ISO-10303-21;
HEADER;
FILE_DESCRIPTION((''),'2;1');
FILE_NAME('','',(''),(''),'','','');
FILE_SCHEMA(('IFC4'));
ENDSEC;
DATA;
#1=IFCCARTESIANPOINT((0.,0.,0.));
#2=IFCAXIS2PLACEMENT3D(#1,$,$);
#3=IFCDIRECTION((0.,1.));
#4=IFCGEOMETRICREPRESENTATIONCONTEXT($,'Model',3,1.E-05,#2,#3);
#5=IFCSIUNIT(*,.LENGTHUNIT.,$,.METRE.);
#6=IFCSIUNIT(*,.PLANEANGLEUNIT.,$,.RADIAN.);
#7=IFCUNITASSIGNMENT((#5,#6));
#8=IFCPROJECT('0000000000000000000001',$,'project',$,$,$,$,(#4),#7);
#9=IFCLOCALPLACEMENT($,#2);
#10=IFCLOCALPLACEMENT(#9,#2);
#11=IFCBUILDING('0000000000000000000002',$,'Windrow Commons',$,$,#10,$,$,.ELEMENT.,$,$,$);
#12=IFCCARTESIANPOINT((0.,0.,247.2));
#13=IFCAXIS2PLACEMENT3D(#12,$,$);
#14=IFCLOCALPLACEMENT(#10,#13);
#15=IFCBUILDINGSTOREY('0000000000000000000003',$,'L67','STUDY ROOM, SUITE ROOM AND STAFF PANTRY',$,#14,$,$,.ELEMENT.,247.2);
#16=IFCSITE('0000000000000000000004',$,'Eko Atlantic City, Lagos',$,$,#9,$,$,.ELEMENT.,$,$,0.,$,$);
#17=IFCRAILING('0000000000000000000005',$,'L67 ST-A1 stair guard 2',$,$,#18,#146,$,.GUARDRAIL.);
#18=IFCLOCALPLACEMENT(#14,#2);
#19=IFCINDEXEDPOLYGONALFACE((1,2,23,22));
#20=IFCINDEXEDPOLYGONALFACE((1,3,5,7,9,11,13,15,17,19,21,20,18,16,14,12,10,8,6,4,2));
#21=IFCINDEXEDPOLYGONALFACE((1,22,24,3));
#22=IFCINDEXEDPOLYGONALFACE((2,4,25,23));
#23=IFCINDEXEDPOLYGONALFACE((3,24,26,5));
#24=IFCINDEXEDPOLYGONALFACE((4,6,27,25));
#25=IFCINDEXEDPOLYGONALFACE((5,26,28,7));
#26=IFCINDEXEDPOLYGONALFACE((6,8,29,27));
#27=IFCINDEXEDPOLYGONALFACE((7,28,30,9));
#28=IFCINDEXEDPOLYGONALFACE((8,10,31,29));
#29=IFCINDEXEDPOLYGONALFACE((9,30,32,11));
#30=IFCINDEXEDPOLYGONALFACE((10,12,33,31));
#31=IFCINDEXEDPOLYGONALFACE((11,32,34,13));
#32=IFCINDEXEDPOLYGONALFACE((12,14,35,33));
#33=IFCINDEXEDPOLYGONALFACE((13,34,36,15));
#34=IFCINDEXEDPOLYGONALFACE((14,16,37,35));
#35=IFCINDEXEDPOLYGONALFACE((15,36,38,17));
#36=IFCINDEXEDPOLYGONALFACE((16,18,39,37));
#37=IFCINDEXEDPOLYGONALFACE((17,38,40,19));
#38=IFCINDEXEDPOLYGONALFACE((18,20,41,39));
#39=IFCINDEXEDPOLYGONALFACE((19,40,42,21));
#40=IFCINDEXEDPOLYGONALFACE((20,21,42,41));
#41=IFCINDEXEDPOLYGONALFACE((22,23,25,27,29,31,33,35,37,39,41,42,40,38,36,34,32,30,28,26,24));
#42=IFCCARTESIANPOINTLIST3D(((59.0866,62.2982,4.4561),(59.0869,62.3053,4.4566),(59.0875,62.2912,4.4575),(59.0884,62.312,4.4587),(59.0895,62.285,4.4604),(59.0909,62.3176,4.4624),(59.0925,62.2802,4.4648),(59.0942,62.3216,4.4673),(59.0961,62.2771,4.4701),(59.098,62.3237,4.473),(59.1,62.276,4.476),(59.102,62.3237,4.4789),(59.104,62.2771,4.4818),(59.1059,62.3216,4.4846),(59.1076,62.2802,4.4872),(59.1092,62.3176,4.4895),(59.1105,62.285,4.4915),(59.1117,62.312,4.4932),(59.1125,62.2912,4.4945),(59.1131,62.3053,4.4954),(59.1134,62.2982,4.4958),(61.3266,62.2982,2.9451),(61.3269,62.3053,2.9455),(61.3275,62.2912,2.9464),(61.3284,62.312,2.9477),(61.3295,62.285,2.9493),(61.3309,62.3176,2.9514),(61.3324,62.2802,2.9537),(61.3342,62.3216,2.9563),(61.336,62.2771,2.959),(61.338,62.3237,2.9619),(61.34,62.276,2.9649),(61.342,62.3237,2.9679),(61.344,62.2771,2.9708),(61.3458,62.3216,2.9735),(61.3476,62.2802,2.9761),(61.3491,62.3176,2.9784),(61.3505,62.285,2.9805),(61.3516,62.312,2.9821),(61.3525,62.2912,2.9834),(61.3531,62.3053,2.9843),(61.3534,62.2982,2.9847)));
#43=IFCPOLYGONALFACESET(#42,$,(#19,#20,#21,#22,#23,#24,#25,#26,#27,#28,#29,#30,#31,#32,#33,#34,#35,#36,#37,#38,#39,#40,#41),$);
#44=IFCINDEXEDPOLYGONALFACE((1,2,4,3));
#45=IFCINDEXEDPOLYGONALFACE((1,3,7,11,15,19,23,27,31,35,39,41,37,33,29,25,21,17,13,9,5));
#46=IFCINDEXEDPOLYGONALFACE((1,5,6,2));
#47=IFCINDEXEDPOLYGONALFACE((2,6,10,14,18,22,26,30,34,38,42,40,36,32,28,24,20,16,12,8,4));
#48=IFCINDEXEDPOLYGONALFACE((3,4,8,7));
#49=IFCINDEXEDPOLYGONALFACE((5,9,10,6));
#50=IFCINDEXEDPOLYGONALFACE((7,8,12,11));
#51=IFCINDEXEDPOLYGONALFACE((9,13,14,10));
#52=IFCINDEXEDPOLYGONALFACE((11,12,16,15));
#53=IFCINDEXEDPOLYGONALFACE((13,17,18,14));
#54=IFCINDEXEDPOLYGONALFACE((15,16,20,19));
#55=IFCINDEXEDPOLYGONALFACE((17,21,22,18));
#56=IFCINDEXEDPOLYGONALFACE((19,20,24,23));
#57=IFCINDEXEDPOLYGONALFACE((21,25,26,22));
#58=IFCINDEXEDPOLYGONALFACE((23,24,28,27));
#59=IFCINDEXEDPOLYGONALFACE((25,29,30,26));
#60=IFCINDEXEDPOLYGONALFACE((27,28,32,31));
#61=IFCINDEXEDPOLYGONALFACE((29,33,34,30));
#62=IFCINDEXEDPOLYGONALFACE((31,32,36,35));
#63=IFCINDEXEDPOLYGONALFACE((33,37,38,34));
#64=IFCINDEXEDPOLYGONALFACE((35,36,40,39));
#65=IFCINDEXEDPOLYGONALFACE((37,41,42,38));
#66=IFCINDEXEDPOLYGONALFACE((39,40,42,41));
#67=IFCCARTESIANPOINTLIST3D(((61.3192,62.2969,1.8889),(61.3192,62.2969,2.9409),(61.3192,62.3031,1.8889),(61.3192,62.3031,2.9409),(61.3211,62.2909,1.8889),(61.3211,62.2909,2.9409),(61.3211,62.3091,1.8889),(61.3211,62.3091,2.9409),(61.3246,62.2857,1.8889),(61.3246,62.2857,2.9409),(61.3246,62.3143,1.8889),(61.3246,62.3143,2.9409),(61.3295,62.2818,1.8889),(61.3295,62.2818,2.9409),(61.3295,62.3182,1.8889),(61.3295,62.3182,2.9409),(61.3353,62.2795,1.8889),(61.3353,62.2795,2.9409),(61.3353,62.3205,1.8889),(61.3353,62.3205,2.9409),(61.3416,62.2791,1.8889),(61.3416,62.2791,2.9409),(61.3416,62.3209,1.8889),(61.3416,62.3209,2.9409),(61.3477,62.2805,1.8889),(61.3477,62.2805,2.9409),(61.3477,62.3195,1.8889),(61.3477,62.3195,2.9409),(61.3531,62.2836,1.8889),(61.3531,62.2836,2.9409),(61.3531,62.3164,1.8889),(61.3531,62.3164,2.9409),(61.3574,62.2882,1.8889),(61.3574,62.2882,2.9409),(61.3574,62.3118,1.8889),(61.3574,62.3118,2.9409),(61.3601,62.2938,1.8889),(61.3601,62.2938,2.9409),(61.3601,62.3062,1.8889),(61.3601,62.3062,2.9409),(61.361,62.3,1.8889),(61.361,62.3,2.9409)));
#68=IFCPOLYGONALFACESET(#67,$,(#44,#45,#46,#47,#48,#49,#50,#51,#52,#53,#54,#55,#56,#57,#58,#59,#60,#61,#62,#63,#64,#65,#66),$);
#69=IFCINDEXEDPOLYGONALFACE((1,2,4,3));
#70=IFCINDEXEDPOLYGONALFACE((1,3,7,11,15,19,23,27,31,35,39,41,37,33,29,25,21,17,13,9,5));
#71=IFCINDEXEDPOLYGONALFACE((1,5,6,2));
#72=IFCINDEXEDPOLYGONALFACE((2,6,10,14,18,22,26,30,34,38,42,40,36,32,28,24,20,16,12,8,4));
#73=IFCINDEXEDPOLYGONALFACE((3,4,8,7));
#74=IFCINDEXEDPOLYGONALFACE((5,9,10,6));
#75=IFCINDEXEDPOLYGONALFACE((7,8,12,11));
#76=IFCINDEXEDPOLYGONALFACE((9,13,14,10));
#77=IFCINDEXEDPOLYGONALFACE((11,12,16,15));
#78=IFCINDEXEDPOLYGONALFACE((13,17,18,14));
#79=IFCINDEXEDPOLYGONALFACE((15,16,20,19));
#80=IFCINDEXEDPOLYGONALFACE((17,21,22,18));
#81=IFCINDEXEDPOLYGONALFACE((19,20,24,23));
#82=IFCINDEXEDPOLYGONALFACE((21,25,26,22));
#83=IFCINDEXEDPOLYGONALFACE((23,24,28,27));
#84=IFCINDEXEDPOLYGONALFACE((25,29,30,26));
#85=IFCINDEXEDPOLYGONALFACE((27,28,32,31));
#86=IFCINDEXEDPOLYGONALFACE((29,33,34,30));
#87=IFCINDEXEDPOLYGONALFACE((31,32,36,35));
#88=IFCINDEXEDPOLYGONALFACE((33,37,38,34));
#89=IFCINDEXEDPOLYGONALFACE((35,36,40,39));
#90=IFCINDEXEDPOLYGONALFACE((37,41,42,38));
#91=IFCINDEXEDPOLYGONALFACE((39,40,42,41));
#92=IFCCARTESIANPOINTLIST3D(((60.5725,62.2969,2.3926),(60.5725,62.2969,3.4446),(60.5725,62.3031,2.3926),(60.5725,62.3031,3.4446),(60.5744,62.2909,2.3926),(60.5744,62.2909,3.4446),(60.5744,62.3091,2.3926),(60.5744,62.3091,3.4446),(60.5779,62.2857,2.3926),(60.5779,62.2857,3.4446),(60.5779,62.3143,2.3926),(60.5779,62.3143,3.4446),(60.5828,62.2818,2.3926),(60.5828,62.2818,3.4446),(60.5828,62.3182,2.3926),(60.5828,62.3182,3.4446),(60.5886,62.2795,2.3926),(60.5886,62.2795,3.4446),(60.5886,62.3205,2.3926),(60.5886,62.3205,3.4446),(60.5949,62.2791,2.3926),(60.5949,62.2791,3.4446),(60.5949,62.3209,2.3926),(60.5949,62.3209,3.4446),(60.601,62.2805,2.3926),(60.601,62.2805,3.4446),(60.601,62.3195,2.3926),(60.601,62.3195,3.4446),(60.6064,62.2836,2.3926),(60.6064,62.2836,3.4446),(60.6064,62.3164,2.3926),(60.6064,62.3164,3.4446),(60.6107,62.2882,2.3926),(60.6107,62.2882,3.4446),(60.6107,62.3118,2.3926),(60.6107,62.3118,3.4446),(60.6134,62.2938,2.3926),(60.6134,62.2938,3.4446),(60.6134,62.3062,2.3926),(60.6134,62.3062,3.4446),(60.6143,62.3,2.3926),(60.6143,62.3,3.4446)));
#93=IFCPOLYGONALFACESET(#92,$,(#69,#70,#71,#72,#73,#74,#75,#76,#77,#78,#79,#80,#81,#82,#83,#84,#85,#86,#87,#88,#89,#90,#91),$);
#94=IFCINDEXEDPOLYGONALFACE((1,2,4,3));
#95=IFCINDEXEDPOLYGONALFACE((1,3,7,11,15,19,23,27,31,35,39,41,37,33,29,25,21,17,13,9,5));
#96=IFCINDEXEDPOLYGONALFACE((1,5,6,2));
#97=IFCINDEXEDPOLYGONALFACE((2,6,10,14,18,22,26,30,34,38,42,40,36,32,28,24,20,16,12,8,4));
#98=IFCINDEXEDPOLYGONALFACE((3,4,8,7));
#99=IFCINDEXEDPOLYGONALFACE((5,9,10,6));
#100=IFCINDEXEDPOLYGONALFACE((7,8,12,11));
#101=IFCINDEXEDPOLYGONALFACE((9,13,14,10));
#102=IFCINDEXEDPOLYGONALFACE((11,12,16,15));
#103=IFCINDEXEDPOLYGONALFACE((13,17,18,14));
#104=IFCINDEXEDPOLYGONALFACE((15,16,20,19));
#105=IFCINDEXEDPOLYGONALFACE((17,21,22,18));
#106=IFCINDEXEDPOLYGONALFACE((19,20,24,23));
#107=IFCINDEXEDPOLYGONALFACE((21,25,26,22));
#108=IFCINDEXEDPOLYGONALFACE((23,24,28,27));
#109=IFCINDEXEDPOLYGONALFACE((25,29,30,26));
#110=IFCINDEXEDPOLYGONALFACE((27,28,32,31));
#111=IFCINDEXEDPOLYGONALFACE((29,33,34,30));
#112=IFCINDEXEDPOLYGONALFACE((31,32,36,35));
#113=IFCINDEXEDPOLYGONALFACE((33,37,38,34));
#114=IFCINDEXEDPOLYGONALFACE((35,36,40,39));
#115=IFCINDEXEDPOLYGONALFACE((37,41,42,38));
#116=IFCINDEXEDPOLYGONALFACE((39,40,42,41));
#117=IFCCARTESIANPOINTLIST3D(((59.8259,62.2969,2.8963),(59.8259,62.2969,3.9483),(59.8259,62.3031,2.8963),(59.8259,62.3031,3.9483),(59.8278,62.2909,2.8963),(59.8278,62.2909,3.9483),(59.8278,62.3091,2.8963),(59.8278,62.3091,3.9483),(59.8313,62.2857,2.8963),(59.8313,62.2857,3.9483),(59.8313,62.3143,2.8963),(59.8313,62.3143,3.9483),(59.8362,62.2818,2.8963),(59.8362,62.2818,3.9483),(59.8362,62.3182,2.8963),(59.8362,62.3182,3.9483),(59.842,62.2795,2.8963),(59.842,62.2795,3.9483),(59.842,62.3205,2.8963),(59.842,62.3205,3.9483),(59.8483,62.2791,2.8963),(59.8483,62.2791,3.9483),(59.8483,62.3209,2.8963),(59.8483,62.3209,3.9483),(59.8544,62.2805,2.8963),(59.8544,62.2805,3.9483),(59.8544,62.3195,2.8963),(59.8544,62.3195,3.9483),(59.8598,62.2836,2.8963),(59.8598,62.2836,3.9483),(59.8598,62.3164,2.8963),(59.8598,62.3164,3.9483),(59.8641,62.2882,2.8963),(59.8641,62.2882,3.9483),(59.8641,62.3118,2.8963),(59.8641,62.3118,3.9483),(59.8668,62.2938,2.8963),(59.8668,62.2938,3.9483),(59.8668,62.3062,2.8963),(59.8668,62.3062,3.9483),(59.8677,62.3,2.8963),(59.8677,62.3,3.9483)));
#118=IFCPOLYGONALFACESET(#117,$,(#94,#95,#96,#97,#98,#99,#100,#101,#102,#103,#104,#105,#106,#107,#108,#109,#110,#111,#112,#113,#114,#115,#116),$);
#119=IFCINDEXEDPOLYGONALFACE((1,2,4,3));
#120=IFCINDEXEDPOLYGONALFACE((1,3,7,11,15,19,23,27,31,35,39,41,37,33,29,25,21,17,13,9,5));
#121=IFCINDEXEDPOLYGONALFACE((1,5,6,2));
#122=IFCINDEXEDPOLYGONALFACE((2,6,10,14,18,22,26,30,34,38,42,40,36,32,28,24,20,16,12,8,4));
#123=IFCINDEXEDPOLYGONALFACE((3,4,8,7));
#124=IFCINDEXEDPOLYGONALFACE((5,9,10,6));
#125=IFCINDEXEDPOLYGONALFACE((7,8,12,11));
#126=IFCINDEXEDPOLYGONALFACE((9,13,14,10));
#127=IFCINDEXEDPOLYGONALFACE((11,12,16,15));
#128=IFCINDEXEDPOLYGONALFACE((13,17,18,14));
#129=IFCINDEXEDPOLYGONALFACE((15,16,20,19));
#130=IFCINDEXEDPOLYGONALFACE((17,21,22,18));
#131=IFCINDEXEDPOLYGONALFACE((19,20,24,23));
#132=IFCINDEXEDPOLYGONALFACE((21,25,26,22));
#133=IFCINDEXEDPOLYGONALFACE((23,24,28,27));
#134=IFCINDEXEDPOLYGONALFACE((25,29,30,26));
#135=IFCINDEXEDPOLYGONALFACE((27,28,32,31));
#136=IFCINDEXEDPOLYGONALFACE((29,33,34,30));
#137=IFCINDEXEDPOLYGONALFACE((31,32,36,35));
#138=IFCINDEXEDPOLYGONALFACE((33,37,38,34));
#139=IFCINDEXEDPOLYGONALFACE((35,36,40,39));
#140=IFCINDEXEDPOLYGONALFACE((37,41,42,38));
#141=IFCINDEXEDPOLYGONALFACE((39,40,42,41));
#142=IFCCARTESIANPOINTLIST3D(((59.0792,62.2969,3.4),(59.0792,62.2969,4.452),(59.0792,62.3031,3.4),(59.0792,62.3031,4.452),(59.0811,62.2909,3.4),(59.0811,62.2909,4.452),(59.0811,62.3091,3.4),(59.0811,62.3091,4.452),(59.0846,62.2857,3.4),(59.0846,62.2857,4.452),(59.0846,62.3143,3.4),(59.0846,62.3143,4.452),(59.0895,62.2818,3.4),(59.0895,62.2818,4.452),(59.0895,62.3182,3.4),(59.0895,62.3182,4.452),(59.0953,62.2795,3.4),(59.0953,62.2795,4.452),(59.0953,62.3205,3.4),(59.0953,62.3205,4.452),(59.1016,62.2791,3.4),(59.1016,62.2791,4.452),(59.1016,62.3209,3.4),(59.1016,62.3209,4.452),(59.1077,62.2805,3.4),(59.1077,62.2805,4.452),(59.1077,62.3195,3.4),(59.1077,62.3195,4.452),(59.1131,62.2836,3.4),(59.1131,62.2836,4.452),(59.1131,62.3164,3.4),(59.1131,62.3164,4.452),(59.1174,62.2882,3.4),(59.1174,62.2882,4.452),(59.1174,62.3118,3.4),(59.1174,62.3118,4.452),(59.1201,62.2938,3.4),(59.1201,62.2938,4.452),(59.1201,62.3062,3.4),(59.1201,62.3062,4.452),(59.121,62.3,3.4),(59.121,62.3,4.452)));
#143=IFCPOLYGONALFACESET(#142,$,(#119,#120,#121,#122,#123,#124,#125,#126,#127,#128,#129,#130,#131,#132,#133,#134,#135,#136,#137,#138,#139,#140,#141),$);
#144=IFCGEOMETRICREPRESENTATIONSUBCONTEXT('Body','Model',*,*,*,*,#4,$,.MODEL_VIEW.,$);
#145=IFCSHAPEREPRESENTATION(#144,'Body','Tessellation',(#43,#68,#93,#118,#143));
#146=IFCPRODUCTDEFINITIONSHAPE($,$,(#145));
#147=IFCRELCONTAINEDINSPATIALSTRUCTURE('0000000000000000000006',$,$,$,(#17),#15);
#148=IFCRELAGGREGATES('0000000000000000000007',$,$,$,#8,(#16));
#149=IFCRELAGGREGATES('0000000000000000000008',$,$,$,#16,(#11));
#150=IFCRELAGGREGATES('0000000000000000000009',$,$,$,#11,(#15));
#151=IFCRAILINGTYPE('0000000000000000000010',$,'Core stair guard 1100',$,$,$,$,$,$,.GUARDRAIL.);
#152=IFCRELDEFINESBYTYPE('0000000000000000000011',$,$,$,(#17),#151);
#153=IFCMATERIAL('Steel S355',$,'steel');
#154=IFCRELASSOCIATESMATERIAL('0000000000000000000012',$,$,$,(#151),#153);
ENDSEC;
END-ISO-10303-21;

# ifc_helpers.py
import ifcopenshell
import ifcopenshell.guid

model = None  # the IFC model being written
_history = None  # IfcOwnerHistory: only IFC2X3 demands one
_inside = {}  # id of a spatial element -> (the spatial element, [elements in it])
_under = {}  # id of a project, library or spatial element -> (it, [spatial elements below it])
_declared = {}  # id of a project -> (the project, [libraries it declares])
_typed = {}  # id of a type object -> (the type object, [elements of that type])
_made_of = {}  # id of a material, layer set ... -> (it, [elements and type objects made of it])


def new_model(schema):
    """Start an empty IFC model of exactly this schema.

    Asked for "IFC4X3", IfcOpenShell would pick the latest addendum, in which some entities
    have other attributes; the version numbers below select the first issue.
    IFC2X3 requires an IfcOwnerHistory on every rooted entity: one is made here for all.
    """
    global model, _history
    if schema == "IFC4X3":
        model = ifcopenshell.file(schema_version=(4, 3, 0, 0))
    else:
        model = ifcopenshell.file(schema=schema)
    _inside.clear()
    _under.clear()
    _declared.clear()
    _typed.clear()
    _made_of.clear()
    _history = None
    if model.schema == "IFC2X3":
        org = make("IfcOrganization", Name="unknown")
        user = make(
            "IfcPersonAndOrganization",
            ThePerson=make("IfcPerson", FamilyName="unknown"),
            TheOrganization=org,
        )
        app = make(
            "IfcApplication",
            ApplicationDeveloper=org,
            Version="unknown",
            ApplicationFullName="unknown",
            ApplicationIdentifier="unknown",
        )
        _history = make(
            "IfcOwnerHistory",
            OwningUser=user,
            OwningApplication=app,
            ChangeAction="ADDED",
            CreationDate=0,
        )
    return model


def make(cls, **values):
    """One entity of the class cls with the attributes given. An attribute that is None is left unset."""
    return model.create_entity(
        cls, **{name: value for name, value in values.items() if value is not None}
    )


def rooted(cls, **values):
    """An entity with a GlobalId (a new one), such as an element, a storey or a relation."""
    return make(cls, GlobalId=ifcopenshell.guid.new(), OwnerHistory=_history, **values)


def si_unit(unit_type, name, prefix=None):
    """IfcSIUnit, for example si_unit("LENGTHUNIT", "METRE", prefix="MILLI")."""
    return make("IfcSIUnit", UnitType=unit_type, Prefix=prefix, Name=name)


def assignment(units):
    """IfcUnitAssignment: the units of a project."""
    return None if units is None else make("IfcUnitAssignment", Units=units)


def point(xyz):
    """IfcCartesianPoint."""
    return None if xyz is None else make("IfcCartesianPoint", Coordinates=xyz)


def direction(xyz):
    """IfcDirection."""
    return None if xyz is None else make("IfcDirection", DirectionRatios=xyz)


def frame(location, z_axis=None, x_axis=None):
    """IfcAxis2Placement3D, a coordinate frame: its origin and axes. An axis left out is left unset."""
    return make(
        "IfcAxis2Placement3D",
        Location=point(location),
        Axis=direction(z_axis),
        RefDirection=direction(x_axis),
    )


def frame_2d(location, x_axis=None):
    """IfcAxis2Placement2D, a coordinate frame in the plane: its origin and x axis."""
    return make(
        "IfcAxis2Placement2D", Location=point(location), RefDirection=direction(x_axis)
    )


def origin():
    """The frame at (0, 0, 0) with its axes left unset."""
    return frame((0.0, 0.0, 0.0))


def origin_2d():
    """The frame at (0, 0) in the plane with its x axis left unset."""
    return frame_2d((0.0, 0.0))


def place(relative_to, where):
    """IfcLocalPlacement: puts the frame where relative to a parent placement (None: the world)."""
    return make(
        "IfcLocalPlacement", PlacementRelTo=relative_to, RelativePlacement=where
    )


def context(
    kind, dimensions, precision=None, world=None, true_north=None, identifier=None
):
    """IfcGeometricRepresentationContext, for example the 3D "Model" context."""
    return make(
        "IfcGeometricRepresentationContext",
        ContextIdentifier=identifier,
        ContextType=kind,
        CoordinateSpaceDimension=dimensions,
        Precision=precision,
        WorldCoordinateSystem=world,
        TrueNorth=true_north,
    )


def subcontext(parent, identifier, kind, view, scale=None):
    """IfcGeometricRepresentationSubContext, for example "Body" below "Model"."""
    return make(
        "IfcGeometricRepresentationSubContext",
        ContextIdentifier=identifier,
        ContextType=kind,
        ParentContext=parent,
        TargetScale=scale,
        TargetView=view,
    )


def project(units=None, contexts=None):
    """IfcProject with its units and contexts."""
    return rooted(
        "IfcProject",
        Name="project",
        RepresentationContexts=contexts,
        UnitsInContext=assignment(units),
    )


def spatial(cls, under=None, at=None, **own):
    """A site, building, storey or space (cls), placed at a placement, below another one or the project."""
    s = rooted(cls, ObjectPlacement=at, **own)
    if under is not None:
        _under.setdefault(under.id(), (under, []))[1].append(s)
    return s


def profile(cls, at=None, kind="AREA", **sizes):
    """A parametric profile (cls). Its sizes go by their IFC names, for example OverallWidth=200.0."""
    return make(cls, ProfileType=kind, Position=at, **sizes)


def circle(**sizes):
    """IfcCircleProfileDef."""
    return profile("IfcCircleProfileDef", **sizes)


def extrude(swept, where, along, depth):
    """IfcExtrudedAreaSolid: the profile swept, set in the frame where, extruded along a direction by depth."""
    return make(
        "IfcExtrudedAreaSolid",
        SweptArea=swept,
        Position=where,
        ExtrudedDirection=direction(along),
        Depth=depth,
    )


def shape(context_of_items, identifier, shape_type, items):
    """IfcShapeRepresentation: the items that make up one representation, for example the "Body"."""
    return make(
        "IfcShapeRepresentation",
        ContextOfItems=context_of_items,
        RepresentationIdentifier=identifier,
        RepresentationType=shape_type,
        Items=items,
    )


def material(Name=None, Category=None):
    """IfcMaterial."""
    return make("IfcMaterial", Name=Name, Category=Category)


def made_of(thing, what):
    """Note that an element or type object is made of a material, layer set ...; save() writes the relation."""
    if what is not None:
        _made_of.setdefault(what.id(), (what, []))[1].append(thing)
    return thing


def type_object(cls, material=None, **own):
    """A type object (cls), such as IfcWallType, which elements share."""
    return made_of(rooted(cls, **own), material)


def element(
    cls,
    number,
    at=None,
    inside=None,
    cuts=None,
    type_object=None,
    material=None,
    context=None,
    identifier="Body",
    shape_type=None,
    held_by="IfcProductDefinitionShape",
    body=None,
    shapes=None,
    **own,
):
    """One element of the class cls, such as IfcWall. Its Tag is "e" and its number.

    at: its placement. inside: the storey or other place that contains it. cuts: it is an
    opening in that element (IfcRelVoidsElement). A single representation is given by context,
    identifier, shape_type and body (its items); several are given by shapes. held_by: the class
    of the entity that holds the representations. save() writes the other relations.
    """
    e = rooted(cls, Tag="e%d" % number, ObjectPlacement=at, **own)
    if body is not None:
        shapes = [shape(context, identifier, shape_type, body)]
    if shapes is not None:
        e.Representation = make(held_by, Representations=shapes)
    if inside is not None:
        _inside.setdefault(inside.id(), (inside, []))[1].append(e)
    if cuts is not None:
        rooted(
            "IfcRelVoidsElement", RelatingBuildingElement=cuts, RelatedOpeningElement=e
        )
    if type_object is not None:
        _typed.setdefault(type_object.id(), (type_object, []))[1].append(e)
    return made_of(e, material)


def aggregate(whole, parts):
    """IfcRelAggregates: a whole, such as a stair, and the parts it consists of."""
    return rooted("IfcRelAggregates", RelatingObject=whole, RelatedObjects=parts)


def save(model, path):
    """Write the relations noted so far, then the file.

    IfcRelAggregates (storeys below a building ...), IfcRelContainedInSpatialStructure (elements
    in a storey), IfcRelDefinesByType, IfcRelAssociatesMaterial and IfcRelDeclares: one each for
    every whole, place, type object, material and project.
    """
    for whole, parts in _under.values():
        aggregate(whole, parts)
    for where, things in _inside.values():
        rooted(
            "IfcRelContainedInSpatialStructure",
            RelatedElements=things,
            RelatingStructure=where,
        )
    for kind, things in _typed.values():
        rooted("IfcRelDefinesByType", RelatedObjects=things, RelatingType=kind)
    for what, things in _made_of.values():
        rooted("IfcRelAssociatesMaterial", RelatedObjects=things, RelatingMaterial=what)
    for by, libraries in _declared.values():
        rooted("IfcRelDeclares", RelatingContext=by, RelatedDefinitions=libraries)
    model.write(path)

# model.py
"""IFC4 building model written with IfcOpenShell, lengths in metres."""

from ifc_helpers import new_model, si_unit, direction, frame, origin, origin_2d, place, context, subcontext, project, spatial, circle, extrude, material, type_object, element, save


model = new_model("IFC4")

# Units and contexts
model_context = context("Model", 3, precision=1e-05, world=origin(), true_north=direction((0.0, 1.0)))
body_context = subcontext(model_context, "Body", "Model", "MODEL_VIEW")
ifc_project = project(units=[si_unit("LENGTHUNIT", "METRE"), si_unit("PLANEANGLEUNIT", "RADIAN")], contexts=[model_context])

# Site, building, storey
site_placement = place(None, origin())
site = spatial("IfcSite", under=ifc_project, at=site_placement, Name="Eko Atlantic City, Lagos", CompositionType="ELEMENT", RefElevation=0.0)
building_placement = place(site_placement, origin())
building = spatial("IfcBuilding", under=site, at=building_placement, Name="Windrow Commons", CompositionType="ELEMENT")
storey_placement = place(building_placement, frame((0.0, 0.0, 247.2)))
storey = spatial("IfcBuildingStorey", under=building, at=storey_placement, Name="L67", Description="STUDY ROOM, SUITE ROOM AND STAFF PANTRY", CompositionType="ELEMENT", Elevation=247.2)

# Railing
ifc_material_1 = material(Name="Steel S355", Category="steel")
railing_type = type_object("IfcRailingType", Name="Core stair guard 1100", PredefinedType="GUARDRAIL", material=ifc_material_1)
railing_1_placement = place(storey_placement, frame((61.34, 62.3, 1.8889)))
element("IfcRailing", 1, at=railing_1_placement, inside=storey, type_object=railing_type, Name="L67 ST-A1 stair guard 2", PredefinedType="GUARDRAIL", context=body_context, shape_type="SweptSolid", body=[
    extrude(circle(Radius=0.024, at=origin_2d()), frame((0.0, 0.0, 1.076), z_axis=(-0.829003, 0.0, 0.559244), x_axis=(0.0, -1.0, 0.0)), (0.0, 0.0, 1.0), 2.702),
    extrude(circle(Radius=0.021, at=origin_2d()), origin(), (0.0, 0.0, 1.0), 1.052),
    extrude(circle(Radius=0.021, at=origin_2d()), frame((-0.7467, 0.0, 0.5037)), (0.0, 0.0, 1.0), 1.052),
    extrude(circle(Radius=0.021, at=origin_2d()), frame((-1.4933, 0.0, 1.0074)), (0.0, 0.0, 1.0), 1.052),
    extrude(circle(Radius=0.021, at=origin_2d()), frame((-2.24, 0.0, 1.5111)), (0.0, 0.0, 1.0), 1.052),
])

save(model, "model.ifc")
